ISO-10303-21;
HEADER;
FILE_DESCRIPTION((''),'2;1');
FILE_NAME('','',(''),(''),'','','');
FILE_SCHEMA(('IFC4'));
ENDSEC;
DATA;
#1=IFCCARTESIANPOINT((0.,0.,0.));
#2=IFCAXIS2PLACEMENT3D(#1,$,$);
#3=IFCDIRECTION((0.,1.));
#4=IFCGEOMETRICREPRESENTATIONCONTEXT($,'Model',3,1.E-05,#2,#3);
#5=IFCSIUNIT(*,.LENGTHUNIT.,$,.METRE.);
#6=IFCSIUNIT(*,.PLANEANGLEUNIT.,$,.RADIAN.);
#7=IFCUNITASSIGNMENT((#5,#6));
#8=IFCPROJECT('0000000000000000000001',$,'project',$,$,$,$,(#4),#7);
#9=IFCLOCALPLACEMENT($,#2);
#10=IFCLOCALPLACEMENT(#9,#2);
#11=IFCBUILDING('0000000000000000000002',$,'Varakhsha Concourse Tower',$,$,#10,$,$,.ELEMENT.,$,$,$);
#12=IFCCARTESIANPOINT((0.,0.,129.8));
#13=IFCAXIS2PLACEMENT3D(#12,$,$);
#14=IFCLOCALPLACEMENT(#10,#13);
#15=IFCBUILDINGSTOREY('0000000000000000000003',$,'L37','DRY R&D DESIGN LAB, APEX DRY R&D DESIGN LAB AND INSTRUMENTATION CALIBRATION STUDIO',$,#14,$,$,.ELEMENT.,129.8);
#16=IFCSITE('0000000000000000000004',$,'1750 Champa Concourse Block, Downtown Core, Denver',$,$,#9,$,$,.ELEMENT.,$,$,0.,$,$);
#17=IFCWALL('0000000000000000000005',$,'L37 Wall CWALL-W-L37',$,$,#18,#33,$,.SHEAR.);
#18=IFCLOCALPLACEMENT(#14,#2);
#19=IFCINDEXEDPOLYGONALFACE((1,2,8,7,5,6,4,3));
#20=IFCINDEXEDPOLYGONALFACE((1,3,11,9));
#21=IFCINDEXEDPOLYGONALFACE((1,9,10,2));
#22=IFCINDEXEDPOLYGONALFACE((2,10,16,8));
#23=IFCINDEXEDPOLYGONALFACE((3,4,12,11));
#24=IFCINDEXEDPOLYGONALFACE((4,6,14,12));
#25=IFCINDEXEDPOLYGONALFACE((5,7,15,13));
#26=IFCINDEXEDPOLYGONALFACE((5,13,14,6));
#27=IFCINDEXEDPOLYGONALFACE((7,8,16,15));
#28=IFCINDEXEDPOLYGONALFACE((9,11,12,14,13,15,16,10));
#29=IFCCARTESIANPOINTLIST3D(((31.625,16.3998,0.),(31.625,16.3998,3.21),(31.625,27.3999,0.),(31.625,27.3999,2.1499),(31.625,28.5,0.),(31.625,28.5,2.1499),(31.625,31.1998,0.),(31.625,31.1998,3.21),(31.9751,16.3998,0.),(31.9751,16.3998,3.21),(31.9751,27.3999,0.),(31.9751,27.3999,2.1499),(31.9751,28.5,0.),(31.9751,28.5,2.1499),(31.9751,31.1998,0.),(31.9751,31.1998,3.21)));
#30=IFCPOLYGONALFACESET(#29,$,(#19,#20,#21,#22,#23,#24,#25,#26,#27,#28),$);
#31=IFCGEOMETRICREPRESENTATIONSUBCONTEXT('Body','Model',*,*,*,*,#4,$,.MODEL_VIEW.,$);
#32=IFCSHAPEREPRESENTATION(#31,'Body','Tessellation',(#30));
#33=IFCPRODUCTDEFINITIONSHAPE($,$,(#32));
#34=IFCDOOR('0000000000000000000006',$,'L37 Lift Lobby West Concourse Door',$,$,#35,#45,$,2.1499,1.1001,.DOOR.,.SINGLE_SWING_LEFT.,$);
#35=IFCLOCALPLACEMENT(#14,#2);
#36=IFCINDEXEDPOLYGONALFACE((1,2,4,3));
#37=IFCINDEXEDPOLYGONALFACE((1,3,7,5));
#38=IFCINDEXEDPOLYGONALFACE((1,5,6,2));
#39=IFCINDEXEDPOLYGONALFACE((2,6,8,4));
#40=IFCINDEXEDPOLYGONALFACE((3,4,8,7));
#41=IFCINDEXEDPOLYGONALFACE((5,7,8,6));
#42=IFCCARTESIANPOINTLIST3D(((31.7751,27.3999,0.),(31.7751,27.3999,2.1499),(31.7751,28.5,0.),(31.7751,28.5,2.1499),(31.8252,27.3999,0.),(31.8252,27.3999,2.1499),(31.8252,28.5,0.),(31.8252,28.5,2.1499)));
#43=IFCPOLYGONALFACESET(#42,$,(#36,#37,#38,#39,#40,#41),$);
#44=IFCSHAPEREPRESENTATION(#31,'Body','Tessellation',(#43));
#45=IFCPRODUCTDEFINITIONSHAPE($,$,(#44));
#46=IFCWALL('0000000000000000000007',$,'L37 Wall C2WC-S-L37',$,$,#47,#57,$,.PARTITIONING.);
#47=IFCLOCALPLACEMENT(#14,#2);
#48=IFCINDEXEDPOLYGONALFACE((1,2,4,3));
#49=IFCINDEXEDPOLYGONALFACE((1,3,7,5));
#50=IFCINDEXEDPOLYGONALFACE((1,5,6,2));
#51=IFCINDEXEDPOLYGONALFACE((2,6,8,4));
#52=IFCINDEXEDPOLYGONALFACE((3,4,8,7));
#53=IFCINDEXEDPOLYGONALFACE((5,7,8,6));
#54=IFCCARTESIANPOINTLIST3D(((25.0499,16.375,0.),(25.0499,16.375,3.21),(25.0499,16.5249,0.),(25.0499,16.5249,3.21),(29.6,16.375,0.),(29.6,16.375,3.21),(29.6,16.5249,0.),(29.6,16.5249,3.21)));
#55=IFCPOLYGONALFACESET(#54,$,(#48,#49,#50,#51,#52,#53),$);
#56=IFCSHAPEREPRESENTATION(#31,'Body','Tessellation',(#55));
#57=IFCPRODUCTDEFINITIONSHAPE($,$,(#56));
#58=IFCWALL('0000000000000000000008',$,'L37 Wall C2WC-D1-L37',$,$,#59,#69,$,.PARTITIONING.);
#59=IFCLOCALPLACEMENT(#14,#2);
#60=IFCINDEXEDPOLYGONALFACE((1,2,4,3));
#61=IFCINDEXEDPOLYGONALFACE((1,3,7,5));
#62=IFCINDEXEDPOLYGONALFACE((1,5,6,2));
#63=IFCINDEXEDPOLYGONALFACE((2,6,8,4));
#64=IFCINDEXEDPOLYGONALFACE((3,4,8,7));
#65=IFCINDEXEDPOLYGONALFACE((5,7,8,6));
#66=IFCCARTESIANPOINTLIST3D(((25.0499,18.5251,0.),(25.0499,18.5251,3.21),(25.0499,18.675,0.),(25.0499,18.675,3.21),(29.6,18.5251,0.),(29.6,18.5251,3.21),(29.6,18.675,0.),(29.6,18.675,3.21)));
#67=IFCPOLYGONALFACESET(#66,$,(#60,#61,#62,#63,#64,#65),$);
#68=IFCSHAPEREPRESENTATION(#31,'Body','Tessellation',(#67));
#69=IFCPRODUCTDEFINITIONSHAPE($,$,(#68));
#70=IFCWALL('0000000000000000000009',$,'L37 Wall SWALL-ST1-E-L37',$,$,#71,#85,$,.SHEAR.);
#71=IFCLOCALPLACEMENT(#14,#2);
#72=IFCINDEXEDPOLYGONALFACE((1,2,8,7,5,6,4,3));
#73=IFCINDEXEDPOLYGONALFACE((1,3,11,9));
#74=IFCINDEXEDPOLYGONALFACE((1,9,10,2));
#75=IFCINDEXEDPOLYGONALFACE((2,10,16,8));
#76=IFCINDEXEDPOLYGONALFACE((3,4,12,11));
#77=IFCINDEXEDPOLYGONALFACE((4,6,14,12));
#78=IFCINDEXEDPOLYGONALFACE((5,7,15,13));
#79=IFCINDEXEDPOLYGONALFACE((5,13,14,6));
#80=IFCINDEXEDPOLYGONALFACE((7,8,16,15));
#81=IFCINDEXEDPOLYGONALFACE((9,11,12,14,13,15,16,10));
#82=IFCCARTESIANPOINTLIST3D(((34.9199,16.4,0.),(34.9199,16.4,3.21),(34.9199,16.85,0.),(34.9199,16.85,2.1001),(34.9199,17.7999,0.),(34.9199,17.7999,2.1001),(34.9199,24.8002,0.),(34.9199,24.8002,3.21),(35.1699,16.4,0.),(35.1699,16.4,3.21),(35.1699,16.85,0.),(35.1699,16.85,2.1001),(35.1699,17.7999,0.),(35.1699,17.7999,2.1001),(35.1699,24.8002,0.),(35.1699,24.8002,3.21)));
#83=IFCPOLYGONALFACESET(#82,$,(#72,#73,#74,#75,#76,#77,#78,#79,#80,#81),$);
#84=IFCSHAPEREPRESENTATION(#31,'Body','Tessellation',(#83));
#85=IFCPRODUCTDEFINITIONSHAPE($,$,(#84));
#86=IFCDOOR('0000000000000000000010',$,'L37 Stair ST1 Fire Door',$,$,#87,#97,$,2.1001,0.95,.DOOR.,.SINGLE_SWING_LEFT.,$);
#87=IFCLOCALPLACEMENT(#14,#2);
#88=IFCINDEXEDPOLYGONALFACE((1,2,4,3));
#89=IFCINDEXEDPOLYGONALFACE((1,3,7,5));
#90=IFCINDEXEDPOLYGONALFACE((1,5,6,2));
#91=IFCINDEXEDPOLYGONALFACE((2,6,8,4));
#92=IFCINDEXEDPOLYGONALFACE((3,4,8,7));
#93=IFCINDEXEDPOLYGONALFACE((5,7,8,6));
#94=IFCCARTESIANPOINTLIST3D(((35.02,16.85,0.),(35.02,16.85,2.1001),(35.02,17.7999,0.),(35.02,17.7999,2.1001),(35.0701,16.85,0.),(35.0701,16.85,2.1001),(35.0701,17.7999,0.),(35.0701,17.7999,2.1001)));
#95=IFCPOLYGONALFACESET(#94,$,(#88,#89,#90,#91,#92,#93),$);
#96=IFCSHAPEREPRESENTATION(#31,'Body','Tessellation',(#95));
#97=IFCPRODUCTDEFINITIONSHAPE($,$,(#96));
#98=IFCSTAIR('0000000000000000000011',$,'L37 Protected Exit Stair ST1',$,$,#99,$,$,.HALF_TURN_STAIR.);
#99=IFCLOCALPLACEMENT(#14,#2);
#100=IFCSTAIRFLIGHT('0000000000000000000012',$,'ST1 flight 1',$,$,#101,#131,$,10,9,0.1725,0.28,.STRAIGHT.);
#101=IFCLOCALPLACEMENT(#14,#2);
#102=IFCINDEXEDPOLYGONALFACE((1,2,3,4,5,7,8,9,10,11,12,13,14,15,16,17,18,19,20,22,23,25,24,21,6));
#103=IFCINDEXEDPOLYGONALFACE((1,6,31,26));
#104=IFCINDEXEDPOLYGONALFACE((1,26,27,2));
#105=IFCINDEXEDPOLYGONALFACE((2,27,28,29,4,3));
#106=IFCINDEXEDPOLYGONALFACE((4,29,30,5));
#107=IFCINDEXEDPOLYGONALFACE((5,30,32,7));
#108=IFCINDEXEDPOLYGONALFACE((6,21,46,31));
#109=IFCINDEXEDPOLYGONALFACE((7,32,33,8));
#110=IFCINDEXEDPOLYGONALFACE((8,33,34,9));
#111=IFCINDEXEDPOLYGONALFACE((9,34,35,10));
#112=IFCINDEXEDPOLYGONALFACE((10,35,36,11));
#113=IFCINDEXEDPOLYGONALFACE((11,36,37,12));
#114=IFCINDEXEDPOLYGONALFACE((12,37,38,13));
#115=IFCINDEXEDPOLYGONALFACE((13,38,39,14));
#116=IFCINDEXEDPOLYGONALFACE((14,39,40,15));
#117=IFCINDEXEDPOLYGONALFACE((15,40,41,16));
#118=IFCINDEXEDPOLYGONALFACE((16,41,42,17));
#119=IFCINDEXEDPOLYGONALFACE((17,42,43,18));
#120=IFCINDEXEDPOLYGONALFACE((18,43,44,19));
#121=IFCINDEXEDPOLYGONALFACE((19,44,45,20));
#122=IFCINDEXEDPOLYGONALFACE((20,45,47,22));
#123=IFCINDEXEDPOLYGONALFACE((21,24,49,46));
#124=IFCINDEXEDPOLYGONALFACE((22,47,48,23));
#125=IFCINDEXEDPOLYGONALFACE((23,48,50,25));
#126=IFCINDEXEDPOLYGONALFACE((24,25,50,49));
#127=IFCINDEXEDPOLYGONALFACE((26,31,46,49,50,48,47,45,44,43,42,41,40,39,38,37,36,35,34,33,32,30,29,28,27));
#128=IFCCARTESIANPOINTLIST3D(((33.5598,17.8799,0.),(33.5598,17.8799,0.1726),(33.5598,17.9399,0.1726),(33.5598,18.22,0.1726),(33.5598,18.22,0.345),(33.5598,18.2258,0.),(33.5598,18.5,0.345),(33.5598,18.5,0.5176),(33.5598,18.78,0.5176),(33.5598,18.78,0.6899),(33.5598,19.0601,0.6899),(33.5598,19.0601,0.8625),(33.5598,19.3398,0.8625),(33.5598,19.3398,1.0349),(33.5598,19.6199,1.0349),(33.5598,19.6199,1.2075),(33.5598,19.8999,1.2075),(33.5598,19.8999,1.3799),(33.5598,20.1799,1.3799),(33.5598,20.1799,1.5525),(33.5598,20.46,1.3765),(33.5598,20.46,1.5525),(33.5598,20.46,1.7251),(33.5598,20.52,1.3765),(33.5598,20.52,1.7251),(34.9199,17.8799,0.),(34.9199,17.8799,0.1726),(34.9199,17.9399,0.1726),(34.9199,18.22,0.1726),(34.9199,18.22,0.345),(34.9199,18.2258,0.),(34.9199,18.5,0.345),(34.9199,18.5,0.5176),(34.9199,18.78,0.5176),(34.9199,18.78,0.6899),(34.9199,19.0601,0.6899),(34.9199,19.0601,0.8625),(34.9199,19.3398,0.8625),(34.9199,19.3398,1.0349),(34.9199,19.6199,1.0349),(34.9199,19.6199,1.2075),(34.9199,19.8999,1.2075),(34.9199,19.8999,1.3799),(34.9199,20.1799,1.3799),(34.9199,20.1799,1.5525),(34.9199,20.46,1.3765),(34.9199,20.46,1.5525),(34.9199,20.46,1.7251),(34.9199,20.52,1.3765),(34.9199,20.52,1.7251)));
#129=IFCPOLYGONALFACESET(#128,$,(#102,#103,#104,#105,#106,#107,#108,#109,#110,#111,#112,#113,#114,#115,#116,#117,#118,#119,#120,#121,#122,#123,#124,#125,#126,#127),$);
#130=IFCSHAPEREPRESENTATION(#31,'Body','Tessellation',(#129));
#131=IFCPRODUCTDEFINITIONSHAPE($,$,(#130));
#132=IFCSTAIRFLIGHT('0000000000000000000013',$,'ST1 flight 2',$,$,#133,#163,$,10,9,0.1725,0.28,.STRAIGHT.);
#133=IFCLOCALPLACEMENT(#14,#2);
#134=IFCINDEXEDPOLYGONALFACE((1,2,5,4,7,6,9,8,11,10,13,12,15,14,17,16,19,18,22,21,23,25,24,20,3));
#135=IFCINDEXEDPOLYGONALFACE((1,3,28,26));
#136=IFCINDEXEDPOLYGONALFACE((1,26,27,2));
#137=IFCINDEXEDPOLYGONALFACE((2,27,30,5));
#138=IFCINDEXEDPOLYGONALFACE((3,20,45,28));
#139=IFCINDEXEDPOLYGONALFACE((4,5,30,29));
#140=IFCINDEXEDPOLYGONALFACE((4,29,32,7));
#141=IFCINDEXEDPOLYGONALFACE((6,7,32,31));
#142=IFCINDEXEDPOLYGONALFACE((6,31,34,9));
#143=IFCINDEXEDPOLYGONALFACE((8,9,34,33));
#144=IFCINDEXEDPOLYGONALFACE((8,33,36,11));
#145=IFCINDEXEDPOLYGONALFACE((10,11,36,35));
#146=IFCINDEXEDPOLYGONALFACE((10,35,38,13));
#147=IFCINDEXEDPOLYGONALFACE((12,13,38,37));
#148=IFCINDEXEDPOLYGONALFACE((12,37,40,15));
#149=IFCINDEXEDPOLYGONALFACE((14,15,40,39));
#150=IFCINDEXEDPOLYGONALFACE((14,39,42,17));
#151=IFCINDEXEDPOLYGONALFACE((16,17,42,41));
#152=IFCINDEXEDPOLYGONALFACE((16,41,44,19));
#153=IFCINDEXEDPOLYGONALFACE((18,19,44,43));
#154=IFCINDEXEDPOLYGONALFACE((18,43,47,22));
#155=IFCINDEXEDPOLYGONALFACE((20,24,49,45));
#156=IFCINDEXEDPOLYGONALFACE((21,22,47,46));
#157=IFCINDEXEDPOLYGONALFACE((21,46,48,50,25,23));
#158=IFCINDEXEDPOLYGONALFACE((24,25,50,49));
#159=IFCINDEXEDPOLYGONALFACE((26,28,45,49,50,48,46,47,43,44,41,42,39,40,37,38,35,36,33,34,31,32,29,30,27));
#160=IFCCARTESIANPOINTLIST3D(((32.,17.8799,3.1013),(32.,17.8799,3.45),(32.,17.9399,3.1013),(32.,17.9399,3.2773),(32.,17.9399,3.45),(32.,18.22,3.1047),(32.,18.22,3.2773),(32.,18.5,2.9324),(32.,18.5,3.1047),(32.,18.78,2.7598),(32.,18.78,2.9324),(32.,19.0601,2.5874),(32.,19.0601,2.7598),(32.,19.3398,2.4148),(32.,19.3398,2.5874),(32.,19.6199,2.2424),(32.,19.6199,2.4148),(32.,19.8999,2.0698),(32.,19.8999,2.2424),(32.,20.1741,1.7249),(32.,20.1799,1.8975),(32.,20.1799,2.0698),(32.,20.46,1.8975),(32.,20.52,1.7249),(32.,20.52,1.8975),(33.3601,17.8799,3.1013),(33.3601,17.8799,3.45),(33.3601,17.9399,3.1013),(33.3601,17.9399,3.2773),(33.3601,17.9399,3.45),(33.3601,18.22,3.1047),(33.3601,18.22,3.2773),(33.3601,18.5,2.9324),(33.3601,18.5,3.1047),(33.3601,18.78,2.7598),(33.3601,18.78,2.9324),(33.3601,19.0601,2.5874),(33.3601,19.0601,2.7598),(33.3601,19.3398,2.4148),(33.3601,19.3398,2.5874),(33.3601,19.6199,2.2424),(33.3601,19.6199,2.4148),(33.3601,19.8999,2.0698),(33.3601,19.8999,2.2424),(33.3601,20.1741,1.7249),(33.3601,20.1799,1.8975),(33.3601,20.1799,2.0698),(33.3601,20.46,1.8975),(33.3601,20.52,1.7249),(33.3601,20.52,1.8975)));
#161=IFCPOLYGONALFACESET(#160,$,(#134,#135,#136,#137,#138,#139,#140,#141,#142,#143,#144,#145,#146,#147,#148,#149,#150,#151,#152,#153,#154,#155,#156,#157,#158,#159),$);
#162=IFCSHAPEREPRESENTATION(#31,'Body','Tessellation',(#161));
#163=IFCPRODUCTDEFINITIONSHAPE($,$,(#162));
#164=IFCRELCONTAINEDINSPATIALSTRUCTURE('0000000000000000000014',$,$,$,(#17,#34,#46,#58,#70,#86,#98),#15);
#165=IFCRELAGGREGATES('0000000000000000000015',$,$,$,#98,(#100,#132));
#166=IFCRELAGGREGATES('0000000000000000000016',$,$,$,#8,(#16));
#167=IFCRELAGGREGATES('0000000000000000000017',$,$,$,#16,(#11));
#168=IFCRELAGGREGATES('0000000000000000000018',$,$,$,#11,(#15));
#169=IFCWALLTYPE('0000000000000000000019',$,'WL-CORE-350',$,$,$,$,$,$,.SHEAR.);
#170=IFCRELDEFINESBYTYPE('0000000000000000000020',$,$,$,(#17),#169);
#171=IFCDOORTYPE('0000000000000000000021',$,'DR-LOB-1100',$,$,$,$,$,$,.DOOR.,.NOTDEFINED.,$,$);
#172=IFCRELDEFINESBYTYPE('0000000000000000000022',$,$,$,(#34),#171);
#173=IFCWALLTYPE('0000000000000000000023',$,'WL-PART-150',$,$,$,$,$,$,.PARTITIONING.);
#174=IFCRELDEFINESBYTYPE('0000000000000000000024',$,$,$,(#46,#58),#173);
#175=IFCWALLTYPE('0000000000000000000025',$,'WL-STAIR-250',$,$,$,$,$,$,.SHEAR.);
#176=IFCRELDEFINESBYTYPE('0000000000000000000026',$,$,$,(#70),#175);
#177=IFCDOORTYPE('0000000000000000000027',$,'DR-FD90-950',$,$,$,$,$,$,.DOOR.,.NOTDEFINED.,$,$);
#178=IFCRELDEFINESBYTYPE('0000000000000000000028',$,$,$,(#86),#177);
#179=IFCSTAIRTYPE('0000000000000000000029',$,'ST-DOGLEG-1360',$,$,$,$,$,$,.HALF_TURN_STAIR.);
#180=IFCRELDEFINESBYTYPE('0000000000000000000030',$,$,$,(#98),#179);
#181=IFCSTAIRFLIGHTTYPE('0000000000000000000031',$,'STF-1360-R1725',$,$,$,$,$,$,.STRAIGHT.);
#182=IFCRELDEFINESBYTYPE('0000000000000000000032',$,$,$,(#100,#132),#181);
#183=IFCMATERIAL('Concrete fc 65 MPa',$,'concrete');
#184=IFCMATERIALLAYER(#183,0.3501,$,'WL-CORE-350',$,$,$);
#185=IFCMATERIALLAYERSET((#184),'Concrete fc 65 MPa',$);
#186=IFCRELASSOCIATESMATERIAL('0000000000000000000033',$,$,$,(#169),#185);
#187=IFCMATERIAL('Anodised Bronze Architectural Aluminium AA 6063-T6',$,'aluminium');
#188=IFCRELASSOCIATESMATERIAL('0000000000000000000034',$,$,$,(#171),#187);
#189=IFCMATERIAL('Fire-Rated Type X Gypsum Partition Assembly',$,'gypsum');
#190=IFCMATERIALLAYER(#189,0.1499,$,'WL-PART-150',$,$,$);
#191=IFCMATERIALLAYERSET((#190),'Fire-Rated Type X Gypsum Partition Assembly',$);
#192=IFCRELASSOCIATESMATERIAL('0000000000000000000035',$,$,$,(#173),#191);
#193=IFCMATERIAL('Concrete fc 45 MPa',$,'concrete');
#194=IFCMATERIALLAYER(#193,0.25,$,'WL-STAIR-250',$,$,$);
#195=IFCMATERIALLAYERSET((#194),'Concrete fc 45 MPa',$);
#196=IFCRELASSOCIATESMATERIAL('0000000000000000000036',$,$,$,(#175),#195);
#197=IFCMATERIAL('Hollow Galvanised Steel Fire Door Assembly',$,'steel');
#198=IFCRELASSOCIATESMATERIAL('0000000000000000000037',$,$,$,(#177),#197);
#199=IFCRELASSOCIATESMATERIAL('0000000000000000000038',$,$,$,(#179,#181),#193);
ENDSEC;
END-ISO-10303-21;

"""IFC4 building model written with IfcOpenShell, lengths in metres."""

from ifc_helpers import new_model, si_unit, direction, frame, frame_2d, origin, place, context, subcontext, project, spatial, polyline, rectangle, outline, extrude, material, layer, layer_set, type_object, element, fill, aggregate, save


model = new_model("IFC4")

# Units and contexts
model_context = context("Model", 3, precision=1e-05, world=origin(), true_north=direction((0.0, 1.0)))
body_context = subcontext(model_context, "Body", "Model", "MODEL_VIEW")
ifc_project = project(units=[si_unit("LENGTHUNIT", "METRE"), si_unit("PLANEANGLEUNIT", "RADIAN")], contexts=[model_context])

# Site, building, storey
site_placement = place(None, origin())
site = spatial("IfcSite", under=ifc_project, at=site_placement, Name="1750 Champa Concourse Block, Downtown Core, Denver", CompositionType="ELEMENT", RefElevation=0.0)
building_placement = place(site_placement, origin())
building = spatial("IfcBuilding", under=site, at=building_placement, Name="Varakhsha Concourse Tower", CompositionType="ELEMENT")
storey_placement = place(building_placement, frame((0.0, 0.0, 129.8)))
storey = spatial("IfcBuildingStorey", under=building, at=storey_placement, Name="L37", Description="DRY R&D DESIGN LAB, APEX DRY R&D DESIGN LAB AND INSTRUMENTATION CALIBRATION STUDIO", CompositionType="ELEMENT", Elevation=129.8)

# Shared definitions
ifc_material_1 = material(Name="Concrete fc 65 MPa", Category="concrete")

# Shared definitions
ifc_layer_1 = layer(ifc_material_1, 0.3501, Name="WL-CORE-350")
ifc_layer_set_1 = layer_set([ifc_layer_1], Name="Concrete fc 65 MPa")
wall_type_1 = type_object("IfcWallType", Name="WL-CORE-350", PredefinedType="SHEAR", material=ifc_layer_set_1)
ifc_material_2 = material(Name="Hollow Galvanised Steel Fire Door Assembly", Category="steel")

# Wall, opening, door
wall_1_placement = place(storey_placement, frame((31.8, 16.3999, 0.0), z_axis=(0.0, 0.0, 1.0), x_axis=(0.0, 1.0, 0.0)))
wall_1 = element("IfcWall", 1, at=wall_1_placement, inside=storey, type_object=wall_type_1, Name="L37 Wall CWALL-W-L37", PredefinedType="SHEAR", context=body_context, shape_type="SweptSolid", body=[
    extrude(rectangle(XDim=14.8, YDim=0.3501, at=frame_2d((7.3999, 0.0))), origin(), (0.0, 0.0, 1.0), 3.21),
])
opening_1_placement = place(wall_1_placement, frame((11.0, 0.0, 0.0)))
opening_1 = element("IfcOpeningElement", 2, at=opening_1_placement, cuts=wall_1, PredefinedType="OPENING", context=body_context, shape_type="SweptSolid", body=[
    extrude(rectangle(XDim=1.1001, YDim=2.1499, at=frame_2d((0.55, 1.075))), frame((0.0, 0.1851, 0.0), z_axis=(0.0, -1.0, 0.0), x_axis=(1.0, 0.0, 0.0)), (0.0, 0.0, 1.0), 0.3701),
])
ifc_material_3 = material(Name="Anodised Bronze Architectural Aluminium AA 6063-T6", Category="aluminium")
door_type_1 = type_object("IfcDoorType", Name="DR-LOB-1100", OperationType="NOTDEFINED", PredefinedType="DOOR", material=ifc_material_3)
door_1_placement = place(opening_1_placement, origin())
door_1 = element("IfcDoor", 3, at=door_1_placement, inside=storey, type_object=door_type_1, Name="L37 Lift Lobby West Concourse Door", OperationType="SINGLE_SWING_LEFT", OverallHeight=2.1499, OverallWidth=1.1001, PredefinedType="DOOR", context=body_context, shape_type="SweptSolid", body=[
    extrude(rectangle(XDim=1.1001, YDim=2.1499, at=frame_2d((0.55, 1.075))), frame((0.0, 0.0249, 0.0), z_axis=(0.0, -1.0, 0.0), x_axis=(1.0, 0.0, 0.0)), (0.0, 0.0, 1.0), 0.05),
])
fill(opening_1, door_1)

# Walls
ifc_material_4 = material(Name="Fire-Rated Type X Gypsum Partition Assembly", Category="gypsum")
ifc_layer_2 = layer(ifc_material_4, 0.1499, Name="WL-PART-150")
ifc_layer_set_2 = layer_set([ifc_layer_2], Name="Fire-Rated Type X Gypsum Partition Assembly")
wall_type_2 = type_object("IfcWallType", Name="WL-PART-150", PredefinedType="PARTITIONING", material=ifc_layer_set_2)
for number, where, z_axis, x_axis, name in (
    (4, (25.05, 16.45, 0.0), (0.0, 0.0, 1.0), (1.0, 0.0, 0.0), "L37 Wall C2WC-S-L37"),
    (5, (25.05, 18.6001, 0.0), (0.0, 0.0, 1.0), (1.0, 0.0, 0.0), "L37 Wall C2WC-D1-L37"),
):
    element("IfcWall", number, at=place(storey_placement, frame(where, z_axis=z_axis, x_axis=x_axis)), inside=storey, type_object=wall_type_2, Name=name, PredefinedType="PARTITIONING", context=body_context, shape_type="SweptSolid", body=[
        extrude(rectangle(XDim=4.55, YDim=0.1499, at=frame_2d((2.2749, 0.0))), origin(), (0.0, 0.0, 1.0), 3.21),
    ])

# Wall, opening, door
ifc_material_5 = material(Name="Concrete fc 45 MPa", Category="concrete")
ifc_layer_3 = layer(ifc_material_5, 0.25, Name="WL-STAIR-250")
ifc_layer_set_3 = layer_set([ifc_layer_3], Name="Concrete fc 45 MPa")
wall_type_3 = type_object("IfcWallType", Name="WL-STAIR-250", PredefinedType="SHEAR", material=ifc_layer_set_3)
wall_2_placement = place(storey_placement, frame((35.0449, 16.3999, 0.0), z_axis=(0.0, 0.0, 1.0), x_axis=(0.0, 1.0, 0.0)))
wall_2 = element("IfcWall", 6, at=wall_2_placement, inside=storey, type_object=wall_type_3, Name="L37 Wall SWALL-ST1-E-L37", PredefinedType="SHEAR", context=body_context, shape_type="SweptSolid", body=[
    extrude(rectangle(XDim=8.4001, YDim=0.25, at=frame_2d((4.2002, 0.0))), origin(), (0.0, 0.0, 1.0), 3.21),
])
opening_2_placement = place(wall_2_placement, frame((0.45, 0.0, 0.0)))
opening_2 = element("IfcOpeningElement", 7, at=opening_2_placement, cuts=wall_2, PredefinedType="OPENING", context=body_context, shape_type="SweptSolid", body=[
    extrude(rectangle(XDim=0.95, YDim=2.1001, at=frame_2d((0.4751, 1.05))), frame((0.0, 0.135, 0.0), z_axis=(0.0, -1.0, 0.0), x_axis=(1.0, 0.0, 0.0)), (0.0, 0.0, 1.0), 0.27),
])
door_type_2 = type_object("IfcDoorType", Name="DR-FD90-950", OperationType="NOTDEFINED", PredefinedType="DOOR", material=ifc_material_2)
door_2_placement = place(opening_2_placement, origin())
door_2 = element("IfcDoor", 8, at=door_2_placement, inside=storey, type_object=door_type_2, Name="L37 Stair ST1 Fire Door", OperationType="SINGLE_SWING_LEFT", OverallHeight=2.1001, OverallWidth=0.95, PredefinedType="DOOR", context=body_context, shape_type="SweptSolid", body=[
    extrude(rectangle(XDim=0.95, YDim=2.1001, at=frame_2d((0.4751, 1.05))), frame((0.0, 0.0249, 0.0), z_axis=(0.0, -1.0, 0.0), x_axis=(1.0, 0.0, 0.0)), (0.0, 0.0, 1.0), 0.05),
])
fill(opening_2, door_2)

# Stair, stair flights
stair_type = type_object("IfcStairType", Name="ST-DOGLEG-1360", PredefinedType="HALF_TURN_STAIR", material=ifc_material_5)
stair_placement = place(storey_placement, origin())
stair = element("IfcStair", 9, at=stair_placement, inside=storey, type_object=stair_type, Name="L37 Protected Exit Stair ST1", PredefinedType="HALF_TURN_STAIR")
stair_flight_type = type_object("IfcStairFlightType", Name="STF-1360-R1725", PredefinedType="STRAIGHT", material=ifc_material_5)
stair_flight_1_placement = place(storey_placement, frame((34.24, 17.9399, 0.0), z_axis=(0.0, 0.0, 1.0), x_axis=(0.0, 1.0, 0.0)))
stair_flight_1 = element("IfcStairFlight", 10, at=stair_flight_1_placement, type_object=stair_flight_type, Name="ST1 flight 1", NumberOfRisers=10, NumberOfTreads=9, PredefinedType="STRAIGHT", RiserHeight=0.1725, TreadLength=0.28, context=body_context, shape_type="SweptSolid", body=[
    extrude(outline(polyline([(-0.0601, 0.0), (-0.0601, 0.1726), (0.0, 0.1726), (0.28, 0.1726), (0.28, 0.345), (0.5601, 0.345), (0.5601, 0.5176), (0.8401, 0.5176), (0.8401, 0.6899), (1.1201, 0.6899), (1.1201, 0.8625), (1.3999, 0.8625), (1.3999, 1.0349), (1.6799, 1.0349), (1.6799, 1.2075), (1.96, 1.2075), (1.96, 1.3799), (2.24, 1.3799), (2.24, 1.5525), (2.52, 1.5525), (2.52, 1.7251), (2.5801, 1.7251), (2.5801, 1.3765), (2.52, 1.3765), (0.2859, 0.0), (-0.0601, 0.0)])), frame((0.0, 0.6802, 0.0), z_axis=(0.0, -1.0, 0.0), x_axis=(1.0, 0.0, 0.0)), (0.0, 0.0, 1.0), 1.3601),
])
stair_flight_2_placement = place(storey_placement, frame((32.6799, 20.46, 1.7249), z_axis=(0.0, 0.0, 1.0), x_axis=(0.0, -1.0, 0.0)))
stair_flight_2 = element("IfcStairFlight", 11, at=stair_flight_2_placement, type_object=stair_flight_type, Name="ST1 flight 2", NumberOfRisers=10, NumberOfTreads=9, PredefinedType="STRAIGHT", RiserHeight=0.1725, TreadLength=0.28, context=body_context, shape_type="SweptSolid", body=[
    extrude(outline(polyline([(-0.0601, 0.0), (-0.0601, 0.1726), (0.0, 0.1726), (0.28, 0.1726), (0.28, 0.345), (0.5601, 0.345), (0.5601, 0.5176), (0.8401, 0.5176), (0.8401, 0.6899), (1.1201, 0.6899), (1.1201, 0.8625), (1.3999, 0.8625), (1.3999, 1.0349), (1.6799, 1.0349), (1.6799, 1.2075), (1.96, 1.2075), (1.96, 1.3799), (2.24, 1.3799), (2.24, 1.5525), (2.52, 1.5525), (2.52, 1.7251), (2.5801, 1.7251), (2.5801, 1.3765), (2.52, 1.3765), (0.2859, 0.0), (-0.0601, 0.0)])), frame((0.0, 0.6802, 0.0), z_axis=(0.0, -1.0, 0.0), x_axis=(1.0, 0.0, 0.0)), (0.0, 0.0, 1.0), 1.3601),
])
aggregate(stair, [stair_flight_1, stair_flight_2])

save(model, "model.ifc")
